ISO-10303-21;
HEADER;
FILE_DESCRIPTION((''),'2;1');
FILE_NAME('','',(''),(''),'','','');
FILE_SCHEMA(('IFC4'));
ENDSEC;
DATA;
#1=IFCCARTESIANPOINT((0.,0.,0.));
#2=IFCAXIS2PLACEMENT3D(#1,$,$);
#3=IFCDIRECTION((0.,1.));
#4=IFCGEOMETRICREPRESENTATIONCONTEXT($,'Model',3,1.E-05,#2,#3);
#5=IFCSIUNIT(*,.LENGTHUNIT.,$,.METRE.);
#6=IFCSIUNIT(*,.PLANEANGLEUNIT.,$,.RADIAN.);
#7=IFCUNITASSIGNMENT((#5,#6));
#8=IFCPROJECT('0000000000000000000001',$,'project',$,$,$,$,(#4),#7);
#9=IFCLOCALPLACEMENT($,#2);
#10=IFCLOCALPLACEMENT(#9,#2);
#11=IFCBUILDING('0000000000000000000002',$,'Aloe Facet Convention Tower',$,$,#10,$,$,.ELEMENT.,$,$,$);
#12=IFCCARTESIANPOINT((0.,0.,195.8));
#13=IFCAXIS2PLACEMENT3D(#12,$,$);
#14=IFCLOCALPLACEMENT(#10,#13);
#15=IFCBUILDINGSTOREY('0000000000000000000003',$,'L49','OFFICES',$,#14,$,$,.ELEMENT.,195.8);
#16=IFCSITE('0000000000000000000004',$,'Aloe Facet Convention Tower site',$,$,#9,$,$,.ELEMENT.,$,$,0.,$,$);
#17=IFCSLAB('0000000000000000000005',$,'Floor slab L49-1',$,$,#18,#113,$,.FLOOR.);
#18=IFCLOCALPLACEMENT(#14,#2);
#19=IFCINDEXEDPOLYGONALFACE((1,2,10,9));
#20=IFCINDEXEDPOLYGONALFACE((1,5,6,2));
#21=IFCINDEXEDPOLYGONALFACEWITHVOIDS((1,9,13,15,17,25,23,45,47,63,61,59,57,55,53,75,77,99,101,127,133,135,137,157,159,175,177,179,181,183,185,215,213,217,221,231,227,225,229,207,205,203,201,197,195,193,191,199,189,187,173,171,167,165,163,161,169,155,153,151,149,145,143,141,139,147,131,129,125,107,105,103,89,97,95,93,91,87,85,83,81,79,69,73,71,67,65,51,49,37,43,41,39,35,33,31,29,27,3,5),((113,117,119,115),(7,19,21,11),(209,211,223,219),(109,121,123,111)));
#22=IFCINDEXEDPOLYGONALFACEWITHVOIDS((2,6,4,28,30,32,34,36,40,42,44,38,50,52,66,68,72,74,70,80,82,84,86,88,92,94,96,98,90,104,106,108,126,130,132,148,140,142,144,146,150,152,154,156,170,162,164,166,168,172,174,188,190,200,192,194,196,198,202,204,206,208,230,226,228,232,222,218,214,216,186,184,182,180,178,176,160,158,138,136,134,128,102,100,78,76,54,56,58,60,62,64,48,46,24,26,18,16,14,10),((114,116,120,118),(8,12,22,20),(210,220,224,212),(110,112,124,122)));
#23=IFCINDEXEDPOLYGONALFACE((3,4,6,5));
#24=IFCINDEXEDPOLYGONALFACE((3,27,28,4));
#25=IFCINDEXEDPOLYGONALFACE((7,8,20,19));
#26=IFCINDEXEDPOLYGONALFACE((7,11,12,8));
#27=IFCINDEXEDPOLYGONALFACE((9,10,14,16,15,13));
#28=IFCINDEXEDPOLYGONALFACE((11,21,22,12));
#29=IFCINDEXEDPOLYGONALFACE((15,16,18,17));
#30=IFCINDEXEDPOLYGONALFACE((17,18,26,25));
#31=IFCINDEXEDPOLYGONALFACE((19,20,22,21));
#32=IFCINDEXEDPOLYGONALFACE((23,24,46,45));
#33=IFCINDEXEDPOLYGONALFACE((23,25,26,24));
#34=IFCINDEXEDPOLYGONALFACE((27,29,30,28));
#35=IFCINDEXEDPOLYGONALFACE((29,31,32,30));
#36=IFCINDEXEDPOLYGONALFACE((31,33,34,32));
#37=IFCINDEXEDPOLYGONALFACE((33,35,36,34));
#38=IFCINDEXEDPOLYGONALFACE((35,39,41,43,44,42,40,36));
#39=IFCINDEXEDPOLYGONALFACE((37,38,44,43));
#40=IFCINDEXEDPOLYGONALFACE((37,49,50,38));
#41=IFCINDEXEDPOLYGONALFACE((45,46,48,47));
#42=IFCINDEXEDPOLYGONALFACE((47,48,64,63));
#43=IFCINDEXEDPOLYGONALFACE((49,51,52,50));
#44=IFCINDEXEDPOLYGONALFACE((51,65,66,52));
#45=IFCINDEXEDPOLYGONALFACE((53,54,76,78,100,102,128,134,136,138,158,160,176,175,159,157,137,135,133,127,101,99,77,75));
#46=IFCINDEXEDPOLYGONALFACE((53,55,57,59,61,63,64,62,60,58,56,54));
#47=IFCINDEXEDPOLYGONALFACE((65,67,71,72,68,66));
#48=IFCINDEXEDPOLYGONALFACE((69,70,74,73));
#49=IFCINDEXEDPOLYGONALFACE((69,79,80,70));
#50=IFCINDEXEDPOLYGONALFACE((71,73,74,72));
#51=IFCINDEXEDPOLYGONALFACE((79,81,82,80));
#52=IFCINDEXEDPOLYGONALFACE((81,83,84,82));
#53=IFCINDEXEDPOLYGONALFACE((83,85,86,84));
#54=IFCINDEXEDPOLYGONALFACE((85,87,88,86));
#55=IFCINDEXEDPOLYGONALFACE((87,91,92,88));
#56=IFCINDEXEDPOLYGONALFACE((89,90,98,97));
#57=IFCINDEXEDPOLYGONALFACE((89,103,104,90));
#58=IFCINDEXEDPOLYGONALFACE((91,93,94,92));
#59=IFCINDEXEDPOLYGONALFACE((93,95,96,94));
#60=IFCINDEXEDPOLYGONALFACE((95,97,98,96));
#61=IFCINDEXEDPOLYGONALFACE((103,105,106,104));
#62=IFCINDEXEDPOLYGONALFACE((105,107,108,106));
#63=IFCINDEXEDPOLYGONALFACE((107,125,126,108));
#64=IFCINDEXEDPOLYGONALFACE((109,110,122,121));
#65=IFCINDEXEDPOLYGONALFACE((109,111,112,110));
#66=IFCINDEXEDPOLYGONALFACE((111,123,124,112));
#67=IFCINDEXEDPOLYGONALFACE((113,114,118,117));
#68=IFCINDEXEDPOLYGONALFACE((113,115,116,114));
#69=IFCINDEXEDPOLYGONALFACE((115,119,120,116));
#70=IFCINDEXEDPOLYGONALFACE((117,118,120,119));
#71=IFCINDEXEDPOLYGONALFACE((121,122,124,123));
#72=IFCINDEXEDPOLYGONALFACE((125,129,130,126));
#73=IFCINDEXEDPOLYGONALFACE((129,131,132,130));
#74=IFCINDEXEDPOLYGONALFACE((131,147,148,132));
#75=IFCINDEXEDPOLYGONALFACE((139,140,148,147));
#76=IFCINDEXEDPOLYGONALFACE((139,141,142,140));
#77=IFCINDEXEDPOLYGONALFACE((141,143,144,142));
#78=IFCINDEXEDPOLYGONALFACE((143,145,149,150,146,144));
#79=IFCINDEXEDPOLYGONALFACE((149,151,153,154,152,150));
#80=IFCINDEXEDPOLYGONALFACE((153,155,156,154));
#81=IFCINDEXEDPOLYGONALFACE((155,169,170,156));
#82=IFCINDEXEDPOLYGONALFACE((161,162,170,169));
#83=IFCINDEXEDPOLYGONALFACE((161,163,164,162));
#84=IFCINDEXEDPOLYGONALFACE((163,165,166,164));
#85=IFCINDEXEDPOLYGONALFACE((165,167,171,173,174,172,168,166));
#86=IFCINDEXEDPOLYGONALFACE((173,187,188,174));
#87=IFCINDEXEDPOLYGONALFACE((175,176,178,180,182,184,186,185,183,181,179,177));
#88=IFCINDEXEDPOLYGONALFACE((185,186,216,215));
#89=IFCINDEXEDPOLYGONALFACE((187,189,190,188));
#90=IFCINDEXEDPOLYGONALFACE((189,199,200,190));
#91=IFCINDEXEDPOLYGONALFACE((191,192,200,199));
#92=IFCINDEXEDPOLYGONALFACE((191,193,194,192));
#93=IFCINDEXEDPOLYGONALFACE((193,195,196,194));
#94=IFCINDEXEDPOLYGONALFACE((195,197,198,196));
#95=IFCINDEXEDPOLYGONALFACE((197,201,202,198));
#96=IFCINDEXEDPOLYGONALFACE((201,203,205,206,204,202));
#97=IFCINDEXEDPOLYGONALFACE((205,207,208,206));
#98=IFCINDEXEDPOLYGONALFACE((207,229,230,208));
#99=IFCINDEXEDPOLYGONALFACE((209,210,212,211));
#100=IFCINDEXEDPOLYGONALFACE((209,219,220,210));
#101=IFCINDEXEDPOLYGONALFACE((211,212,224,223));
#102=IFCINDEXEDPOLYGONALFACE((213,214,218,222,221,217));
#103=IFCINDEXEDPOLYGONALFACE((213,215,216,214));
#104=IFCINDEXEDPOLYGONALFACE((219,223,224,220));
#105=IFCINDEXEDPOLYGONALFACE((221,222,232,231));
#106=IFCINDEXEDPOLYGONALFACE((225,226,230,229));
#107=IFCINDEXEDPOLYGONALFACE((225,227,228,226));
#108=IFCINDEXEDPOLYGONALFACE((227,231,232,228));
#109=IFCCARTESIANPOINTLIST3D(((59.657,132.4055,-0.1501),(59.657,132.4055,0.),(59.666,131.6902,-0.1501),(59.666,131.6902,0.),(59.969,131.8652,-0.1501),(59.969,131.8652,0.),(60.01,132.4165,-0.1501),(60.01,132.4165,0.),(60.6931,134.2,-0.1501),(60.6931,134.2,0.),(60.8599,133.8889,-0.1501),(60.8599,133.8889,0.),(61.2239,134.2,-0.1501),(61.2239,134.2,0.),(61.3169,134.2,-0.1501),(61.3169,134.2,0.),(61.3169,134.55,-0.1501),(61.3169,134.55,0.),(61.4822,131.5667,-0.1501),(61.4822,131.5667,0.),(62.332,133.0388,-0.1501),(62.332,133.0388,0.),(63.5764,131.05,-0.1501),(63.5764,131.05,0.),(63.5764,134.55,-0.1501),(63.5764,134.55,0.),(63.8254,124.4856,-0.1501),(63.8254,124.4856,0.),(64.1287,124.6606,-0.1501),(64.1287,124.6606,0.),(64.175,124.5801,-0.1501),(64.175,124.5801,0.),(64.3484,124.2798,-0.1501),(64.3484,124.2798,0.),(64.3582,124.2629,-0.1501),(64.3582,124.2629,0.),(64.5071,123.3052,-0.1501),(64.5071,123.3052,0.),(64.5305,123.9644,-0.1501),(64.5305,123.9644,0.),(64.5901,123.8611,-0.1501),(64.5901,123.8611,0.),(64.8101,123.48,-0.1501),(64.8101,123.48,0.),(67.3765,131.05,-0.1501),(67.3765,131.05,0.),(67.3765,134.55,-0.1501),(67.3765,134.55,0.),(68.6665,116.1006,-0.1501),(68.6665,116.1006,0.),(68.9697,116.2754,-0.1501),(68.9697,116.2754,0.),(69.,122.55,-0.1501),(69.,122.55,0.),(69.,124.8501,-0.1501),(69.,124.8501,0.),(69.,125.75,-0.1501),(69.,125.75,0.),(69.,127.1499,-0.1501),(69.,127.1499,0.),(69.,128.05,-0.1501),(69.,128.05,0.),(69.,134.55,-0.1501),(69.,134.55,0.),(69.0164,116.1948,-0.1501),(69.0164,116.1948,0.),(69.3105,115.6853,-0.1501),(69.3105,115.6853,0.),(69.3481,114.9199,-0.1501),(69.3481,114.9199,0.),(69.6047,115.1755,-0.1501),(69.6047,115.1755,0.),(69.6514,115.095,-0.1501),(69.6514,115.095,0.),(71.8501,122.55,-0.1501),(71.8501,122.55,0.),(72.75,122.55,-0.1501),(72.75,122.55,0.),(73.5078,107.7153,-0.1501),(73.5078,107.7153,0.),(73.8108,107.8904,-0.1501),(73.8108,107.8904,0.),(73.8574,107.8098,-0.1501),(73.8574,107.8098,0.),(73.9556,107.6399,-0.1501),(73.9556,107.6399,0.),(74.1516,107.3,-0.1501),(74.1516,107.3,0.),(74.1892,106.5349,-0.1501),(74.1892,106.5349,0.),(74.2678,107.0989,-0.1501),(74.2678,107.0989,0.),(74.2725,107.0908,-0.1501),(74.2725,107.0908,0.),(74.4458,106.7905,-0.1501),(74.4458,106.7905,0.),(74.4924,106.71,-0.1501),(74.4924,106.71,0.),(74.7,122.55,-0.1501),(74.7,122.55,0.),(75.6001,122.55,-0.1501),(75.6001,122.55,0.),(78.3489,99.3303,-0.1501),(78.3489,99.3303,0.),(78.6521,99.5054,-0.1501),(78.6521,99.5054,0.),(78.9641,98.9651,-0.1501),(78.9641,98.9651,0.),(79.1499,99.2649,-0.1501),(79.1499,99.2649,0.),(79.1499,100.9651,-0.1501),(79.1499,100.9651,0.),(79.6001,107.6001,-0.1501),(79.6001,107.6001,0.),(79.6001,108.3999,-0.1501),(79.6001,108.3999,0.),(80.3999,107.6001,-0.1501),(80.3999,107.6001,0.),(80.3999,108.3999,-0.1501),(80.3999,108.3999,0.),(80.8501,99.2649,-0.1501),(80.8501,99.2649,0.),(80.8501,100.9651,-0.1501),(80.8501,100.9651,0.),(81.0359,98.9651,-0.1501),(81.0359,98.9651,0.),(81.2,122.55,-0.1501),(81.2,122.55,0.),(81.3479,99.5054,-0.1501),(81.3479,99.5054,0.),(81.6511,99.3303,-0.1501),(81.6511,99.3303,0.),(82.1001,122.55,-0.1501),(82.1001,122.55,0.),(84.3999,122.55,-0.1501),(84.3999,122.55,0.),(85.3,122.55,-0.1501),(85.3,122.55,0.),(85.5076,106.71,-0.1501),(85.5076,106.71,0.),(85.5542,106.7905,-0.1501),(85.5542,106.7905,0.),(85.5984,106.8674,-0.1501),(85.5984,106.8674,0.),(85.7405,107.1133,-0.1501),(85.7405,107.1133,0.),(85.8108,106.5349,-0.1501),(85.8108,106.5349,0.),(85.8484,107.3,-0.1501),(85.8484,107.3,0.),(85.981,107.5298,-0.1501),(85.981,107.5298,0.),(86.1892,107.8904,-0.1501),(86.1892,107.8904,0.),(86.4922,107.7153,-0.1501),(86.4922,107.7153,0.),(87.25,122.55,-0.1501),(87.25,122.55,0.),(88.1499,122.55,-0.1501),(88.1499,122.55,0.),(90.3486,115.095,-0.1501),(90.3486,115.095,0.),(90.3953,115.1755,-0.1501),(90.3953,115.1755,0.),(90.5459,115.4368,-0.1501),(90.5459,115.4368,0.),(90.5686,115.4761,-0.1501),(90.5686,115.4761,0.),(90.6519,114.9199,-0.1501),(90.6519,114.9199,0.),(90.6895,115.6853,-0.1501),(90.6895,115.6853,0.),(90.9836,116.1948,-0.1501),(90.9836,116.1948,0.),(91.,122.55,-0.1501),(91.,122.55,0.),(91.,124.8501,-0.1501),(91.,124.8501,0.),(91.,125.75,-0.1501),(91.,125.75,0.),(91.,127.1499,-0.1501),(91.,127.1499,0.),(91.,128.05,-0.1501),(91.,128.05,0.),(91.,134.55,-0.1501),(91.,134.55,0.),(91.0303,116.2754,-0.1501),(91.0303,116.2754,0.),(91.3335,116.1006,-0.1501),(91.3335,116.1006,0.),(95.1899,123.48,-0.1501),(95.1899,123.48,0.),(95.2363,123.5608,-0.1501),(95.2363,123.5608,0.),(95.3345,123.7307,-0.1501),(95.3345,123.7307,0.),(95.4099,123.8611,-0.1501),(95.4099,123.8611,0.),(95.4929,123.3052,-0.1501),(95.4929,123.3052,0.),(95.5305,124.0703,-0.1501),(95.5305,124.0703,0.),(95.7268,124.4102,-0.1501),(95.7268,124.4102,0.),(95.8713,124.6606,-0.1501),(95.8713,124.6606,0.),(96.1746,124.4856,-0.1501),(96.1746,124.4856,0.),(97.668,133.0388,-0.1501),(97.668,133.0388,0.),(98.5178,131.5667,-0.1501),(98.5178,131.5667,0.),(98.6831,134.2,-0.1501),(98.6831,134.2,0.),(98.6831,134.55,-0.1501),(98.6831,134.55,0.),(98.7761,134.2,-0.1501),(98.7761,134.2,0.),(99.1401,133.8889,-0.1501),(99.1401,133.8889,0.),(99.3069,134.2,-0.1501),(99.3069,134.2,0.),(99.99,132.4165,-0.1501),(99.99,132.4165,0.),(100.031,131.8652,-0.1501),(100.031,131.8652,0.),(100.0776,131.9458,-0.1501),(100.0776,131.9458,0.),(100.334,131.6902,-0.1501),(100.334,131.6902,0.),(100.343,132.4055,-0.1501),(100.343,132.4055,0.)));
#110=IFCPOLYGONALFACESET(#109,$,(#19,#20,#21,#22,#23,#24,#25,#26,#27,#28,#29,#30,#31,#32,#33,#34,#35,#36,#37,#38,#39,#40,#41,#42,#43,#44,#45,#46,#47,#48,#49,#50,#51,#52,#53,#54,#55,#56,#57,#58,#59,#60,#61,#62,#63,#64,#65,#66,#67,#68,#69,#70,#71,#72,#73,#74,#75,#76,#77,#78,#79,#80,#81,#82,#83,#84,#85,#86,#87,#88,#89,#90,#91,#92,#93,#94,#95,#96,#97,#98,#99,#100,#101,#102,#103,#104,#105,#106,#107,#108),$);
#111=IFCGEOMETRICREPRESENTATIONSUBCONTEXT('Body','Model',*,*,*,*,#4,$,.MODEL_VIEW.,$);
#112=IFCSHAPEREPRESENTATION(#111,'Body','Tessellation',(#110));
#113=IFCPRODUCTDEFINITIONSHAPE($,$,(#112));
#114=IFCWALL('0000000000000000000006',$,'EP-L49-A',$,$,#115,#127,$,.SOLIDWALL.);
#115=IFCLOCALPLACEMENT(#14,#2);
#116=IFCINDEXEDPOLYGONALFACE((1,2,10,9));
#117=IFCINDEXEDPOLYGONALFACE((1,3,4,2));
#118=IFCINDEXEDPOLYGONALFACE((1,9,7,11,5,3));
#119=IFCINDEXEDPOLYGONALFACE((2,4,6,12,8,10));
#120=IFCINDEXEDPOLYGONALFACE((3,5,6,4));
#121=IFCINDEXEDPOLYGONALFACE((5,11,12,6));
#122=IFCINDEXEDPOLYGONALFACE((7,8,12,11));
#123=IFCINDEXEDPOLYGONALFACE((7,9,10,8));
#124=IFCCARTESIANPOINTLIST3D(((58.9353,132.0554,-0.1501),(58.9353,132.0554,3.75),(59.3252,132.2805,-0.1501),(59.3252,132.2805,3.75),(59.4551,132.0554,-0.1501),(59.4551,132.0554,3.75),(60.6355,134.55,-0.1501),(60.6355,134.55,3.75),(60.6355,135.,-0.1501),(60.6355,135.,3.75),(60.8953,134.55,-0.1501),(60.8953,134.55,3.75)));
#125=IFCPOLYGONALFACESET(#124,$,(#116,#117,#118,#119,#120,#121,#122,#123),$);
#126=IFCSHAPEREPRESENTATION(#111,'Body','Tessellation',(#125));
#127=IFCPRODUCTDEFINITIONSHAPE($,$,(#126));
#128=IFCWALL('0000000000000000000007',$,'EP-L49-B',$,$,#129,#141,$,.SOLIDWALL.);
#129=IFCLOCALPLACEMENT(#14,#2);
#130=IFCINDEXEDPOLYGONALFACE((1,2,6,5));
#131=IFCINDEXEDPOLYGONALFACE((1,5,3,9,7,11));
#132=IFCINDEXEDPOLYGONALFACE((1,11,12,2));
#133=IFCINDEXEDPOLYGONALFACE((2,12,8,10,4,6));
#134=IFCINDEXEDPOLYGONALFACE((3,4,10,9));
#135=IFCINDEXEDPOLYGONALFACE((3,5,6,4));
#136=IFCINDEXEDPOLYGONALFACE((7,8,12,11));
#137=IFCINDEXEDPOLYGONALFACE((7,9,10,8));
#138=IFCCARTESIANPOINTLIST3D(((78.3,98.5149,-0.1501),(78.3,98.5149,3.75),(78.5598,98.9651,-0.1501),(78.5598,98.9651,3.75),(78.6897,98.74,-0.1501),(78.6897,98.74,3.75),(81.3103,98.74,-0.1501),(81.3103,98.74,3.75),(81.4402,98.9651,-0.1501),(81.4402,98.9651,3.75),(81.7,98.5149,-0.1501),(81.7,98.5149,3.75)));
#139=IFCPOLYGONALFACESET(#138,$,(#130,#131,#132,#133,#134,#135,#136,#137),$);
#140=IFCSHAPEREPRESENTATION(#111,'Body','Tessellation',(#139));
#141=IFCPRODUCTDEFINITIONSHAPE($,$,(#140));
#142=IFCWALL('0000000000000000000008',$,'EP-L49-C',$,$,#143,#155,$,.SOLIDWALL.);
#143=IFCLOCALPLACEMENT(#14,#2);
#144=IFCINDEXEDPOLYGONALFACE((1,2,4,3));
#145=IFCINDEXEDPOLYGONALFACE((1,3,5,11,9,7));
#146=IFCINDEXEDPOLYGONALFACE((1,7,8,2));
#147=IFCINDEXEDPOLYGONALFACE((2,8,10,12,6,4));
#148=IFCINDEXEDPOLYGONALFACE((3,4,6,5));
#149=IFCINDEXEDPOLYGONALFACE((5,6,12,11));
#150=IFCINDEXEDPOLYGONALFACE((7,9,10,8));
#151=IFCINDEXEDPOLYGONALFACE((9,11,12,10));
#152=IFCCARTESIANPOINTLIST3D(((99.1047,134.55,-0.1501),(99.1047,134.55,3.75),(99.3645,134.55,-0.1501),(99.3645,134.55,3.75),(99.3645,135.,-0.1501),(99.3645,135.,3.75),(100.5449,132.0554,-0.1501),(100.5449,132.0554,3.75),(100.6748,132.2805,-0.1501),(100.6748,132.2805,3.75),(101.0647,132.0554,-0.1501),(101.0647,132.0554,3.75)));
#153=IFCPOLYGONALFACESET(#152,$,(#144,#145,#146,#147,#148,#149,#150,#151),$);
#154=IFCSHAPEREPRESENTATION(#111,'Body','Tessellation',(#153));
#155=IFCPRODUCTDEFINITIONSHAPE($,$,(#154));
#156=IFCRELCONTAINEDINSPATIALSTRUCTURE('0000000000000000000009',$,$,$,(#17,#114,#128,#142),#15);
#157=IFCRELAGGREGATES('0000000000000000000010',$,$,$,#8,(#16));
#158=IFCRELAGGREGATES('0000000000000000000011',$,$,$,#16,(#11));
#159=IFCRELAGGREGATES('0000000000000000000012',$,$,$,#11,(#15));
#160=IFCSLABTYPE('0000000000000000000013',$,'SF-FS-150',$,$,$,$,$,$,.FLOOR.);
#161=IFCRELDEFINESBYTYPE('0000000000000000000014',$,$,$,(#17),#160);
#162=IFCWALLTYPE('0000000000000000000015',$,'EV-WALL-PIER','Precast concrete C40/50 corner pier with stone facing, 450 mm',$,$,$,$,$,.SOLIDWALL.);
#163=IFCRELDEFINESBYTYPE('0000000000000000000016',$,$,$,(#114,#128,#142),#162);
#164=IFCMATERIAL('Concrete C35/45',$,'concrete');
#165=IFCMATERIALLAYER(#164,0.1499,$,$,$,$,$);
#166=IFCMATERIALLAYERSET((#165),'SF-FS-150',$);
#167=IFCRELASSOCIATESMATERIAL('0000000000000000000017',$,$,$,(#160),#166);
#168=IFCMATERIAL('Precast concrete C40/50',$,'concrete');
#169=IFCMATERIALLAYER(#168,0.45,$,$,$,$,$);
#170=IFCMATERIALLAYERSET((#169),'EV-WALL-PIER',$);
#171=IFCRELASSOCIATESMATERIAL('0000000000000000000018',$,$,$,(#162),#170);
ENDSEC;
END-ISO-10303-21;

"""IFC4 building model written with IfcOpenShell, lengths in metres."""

from ifc_helpers import new_model, si_unit, direction, frame, origin, place, context, subcontext, project, spatial, polyline, outline, extrude, material, layer, layer_set, type_object, element, save


model = new_model("IFC4")

# Units and contexts
model_context = context("Model", 3, precision=1e-05, world=origin(), true_north=direction((0.0, 1.0)))
body_context = subcontext(model_context, "Body", "Model", "MODEL_VIEW")
ifc_project = project(units=[si_unit("LENGTHUNIT", "METRE"), si_unit("PLANEANGLEUNIT", "RADIAN")], contexts=[model_context])

# Site, building, storey
site_placement = place(None, origin())
site = spatial("IfcSite", under=ifc_project, at=site_placement, Name="Aloe Facet Convention Tower site", CompositionType="ELEMENT", RefElevation=0.0)
building_placement = place(site_placement, origin())
building = spatial("IfcBuilding", under=site, at=building_placement, Name="Aloe Facet Convention Tower", CompositionType="ELEMENT")
storey_placement = place(building_placement, frame((0.0, 0.0, 195.8)))
storey = spatial("IfcBuildingStorey", under=building, at=storey_placement, Name="L49", Description="OFFICES", CompositionType="ELEMENT", Elevation=195.8)

# Slab
ifc_material_1 = material(Name="Concrete C35/45", Category="concrete")
ifc_layer_1 = layer(ifc_material_1, 0.1499)
ifc_layer_set_1 = layer_set([ifc_layer_1], Name="SF-FS-150")
slab_type_1 = type_object("IfcSlabType", Name="SF-FS-150", PredefinedType="FLOOR", material=ifc_layer_set_1)
slab_1_placement = place(storey_placement, frame((0.0, 0.0, -0.1501)))
element("IfcSlab", 1, at=slab_1_placement, inside=storey, type_object=slab_type_1, Name="Floor slab L49-1", PredefinedType="FLOOR", context=body_context, shape_type="SweptSolid", body=[
    extrude(outline(polyline([(100.343, 132.4055), (100.0776, 131.9458), (100.031, 131.8652), (100.334, 131.6902), (96.1746, 124.4856), (95.8713, 124.6606), (95.7268, 124.4102), (95.5305, 124.0703), (95.4099, 123.8611), (95.3345, 123.7307), (95.2363, 123.5608), (95.1899, 123.48), (95.4929, 123.3052), (91.3335, 116.1006), (91.0303, 116.2754), (90.9836, 116.1948), (90.6895, 115.6853), (90.5686, 115.4761), (90.5459, 115.4368), (90.3953, 115.1755), (90.3486, 115.095), (90.6519, 114.9199), (86.4922, 107.7153), (86.1892, 107.8904), (85.981, 107.5298), (85.8484, 107.3), (85.7405, 107.1133), (85.5984, 106.8674), (85.5542, 106.7905), (85.5076, 106.71), (85.8108, 106.5349), (81.6511, 99.3303), (81.3479, 99.5054), (81.0359, 98.9651), (78.9641, 98.9651), (78.6521, 99.5054), (78.3489, 99.3303), (74.1892, 106.5349), (74.4924, 106.71), (74.4458, 106.7905), (74.2725, 107.0908), (74.2678, 107.0989), (74.1516, 107.3), (73.9556, 107.6399), (73.8574, 107.8098), (73.8108, 107.8904), (73.5078, 107.7153), (69.3481, 114.9199), (69.6514, 115.095), (69.6047, 115.1755), (69.3105, 115.6853), (69.0164, 116.1948), (68.9697, 116.2754), (68.6665, 116.1006), (64.5071, 123.3052), (64.8101, 123.48), (64.5901, 123.8611), (64.5305, 123.9644), (64.3582, 124.2629), (64.3484, 124.2798), (64.175, 124.5801), (64.1287, 124.6606), (63.8254, 124.4856), (59.666, 131.6902), (59.969, 131.8652), (59.657, 132.4055), (60.6931, 134.2), (61.2239, 134.2), (61.3169, 134.2), (61.3169, 134.55), (63.5764, 134.55), (63.5764, 131.05), (67.3765, 131.05), (67.3765, 134.55), (69.0, 134.55), (69.0, 128.05), (69.0, 127.1499), (69.0, 125.75), (69.0, 124.8501), (69.0, 122.55), (71.8501, 122.55), (72.75, 122.55), (74.7, 122.55), (75.6001, 122.55), (81.2, 122.55), (82.1001, 122.55), (84.3999, 122.55), (85.3, 122.55), (87.25, 122.55), (88.1499, 122.55), (91.0, 122.55), (91.0, 124.8501), (91.0, 125.75), (91.0, 127.1499), (91.0, 128.05), (91.0, 134.55), (98.6831, 134.55), (98.6831, 134.2), (98.7761, 134.2), (99.3069, 134.2), (100.343, 132.4055)]), holes=[polyline([(62.332, 133.0388), (60.8599, 133.8889), (60.01, 132.4165), (61.4822, 131.5667), (62.332, 133.0388)]), polyline([(79.1499, 100.9651), (79.1499, 99.2649), (80.8501, 99.2649), (80.8501, 100.9651), (79.1499, 100.9651)]), polyline([(79.6001, 107.6001), (80.3999, 107.6001), (80.3999, 108.3999), (79.6001, 108.3999), (79.6001, 107.6001)]), polyline([(99.99, 132.4165), (99.1401, 133.8889), (97.668, 133.0388), (98.5178, 131.5667), (99.99, 132.4165)])]), origin(), (0.0, 0.0, 1.0), 0.1501),
])

# Walls
ifc_material_2 = material(Name="Precast concrete C40/50", Category="concrete")
ifc_layer_2 = layer(ifc_material_2, 0.45)
ifc_layer_set_2 = layer_set([ifc_layer_2], Name="EV-WALL-PIER")
wall_type = type_object("IfcWallType", Name="EV-WALL-PIER", Description="Precast concrete C40/50 corner pier with stone facing, 450 mm", PredefinedType="SOLIDWALL", material=ifc_layer_set_2)
wall_1_placement = place(storey_placement, frame((0.0, 0.0, -0.1501)))
element("IfcWall", 2, at=wall_1_placement, inside=storey, type_object=wall_type, Name="EP-L49-A", PredefinedType="SOLIDWALL", context=body_context, shape_type="SweptSolid", body=[
    extrude(outline(polyline([(60.6355, 135.0), (60.6355, 134.55), (60.8953, 134.55), (59.4551, 132.0554), (59.3252, 132.2805), (58.9353, 132.0554), (60.6355, 135.0)])), origin(), (0.0, 0.0, 1.0), 3.9001),
])
wall_2_placement = place(storey_placement, frame((0.0, 0.0, -0.1501)))
element("IfcWall", 3, at=wall_2_placement, inside=storey, type_object=wall_type, Name="EP-L49-B", PredefinedType="SOLIDWALL", context=body_context, shape_type="SweptSolid", body=[
    extrude(outline(polyline([(78.3, 98.5149), (78.6897, 98.74), (78.5598, 98.9651), (81.4402, 98.9651), (81.3103, 98.74), (81.7, 98.5149), (78.3, 98.5149)])), origin(), (0.0, 0.0, 1.0), 3.9001),
])
wall_3_placement = place(storey_placement, frame((0.0, 0.0, -0.1501)))
element("IfcWall", 4, at=wall_3_placement, inside=storey, type_object=wall_type, Name="EP-L49-C", PredefinedType="SOLIDWALL", context=body_context, shape_type="SweptSolid", body=[
    extrude(outline(polyline([(101.0647, 132.0554), (100.6748, 132.2805), (100.5449, 132.0554), (99.1047, 134.55), (99.3645, 134.55), (99.3645, 135.0), (101.0647, 132.0554)])), origin(), (0.0, 0.0, 1.0), 3.9001),
])

save(model, "model.ifc")
